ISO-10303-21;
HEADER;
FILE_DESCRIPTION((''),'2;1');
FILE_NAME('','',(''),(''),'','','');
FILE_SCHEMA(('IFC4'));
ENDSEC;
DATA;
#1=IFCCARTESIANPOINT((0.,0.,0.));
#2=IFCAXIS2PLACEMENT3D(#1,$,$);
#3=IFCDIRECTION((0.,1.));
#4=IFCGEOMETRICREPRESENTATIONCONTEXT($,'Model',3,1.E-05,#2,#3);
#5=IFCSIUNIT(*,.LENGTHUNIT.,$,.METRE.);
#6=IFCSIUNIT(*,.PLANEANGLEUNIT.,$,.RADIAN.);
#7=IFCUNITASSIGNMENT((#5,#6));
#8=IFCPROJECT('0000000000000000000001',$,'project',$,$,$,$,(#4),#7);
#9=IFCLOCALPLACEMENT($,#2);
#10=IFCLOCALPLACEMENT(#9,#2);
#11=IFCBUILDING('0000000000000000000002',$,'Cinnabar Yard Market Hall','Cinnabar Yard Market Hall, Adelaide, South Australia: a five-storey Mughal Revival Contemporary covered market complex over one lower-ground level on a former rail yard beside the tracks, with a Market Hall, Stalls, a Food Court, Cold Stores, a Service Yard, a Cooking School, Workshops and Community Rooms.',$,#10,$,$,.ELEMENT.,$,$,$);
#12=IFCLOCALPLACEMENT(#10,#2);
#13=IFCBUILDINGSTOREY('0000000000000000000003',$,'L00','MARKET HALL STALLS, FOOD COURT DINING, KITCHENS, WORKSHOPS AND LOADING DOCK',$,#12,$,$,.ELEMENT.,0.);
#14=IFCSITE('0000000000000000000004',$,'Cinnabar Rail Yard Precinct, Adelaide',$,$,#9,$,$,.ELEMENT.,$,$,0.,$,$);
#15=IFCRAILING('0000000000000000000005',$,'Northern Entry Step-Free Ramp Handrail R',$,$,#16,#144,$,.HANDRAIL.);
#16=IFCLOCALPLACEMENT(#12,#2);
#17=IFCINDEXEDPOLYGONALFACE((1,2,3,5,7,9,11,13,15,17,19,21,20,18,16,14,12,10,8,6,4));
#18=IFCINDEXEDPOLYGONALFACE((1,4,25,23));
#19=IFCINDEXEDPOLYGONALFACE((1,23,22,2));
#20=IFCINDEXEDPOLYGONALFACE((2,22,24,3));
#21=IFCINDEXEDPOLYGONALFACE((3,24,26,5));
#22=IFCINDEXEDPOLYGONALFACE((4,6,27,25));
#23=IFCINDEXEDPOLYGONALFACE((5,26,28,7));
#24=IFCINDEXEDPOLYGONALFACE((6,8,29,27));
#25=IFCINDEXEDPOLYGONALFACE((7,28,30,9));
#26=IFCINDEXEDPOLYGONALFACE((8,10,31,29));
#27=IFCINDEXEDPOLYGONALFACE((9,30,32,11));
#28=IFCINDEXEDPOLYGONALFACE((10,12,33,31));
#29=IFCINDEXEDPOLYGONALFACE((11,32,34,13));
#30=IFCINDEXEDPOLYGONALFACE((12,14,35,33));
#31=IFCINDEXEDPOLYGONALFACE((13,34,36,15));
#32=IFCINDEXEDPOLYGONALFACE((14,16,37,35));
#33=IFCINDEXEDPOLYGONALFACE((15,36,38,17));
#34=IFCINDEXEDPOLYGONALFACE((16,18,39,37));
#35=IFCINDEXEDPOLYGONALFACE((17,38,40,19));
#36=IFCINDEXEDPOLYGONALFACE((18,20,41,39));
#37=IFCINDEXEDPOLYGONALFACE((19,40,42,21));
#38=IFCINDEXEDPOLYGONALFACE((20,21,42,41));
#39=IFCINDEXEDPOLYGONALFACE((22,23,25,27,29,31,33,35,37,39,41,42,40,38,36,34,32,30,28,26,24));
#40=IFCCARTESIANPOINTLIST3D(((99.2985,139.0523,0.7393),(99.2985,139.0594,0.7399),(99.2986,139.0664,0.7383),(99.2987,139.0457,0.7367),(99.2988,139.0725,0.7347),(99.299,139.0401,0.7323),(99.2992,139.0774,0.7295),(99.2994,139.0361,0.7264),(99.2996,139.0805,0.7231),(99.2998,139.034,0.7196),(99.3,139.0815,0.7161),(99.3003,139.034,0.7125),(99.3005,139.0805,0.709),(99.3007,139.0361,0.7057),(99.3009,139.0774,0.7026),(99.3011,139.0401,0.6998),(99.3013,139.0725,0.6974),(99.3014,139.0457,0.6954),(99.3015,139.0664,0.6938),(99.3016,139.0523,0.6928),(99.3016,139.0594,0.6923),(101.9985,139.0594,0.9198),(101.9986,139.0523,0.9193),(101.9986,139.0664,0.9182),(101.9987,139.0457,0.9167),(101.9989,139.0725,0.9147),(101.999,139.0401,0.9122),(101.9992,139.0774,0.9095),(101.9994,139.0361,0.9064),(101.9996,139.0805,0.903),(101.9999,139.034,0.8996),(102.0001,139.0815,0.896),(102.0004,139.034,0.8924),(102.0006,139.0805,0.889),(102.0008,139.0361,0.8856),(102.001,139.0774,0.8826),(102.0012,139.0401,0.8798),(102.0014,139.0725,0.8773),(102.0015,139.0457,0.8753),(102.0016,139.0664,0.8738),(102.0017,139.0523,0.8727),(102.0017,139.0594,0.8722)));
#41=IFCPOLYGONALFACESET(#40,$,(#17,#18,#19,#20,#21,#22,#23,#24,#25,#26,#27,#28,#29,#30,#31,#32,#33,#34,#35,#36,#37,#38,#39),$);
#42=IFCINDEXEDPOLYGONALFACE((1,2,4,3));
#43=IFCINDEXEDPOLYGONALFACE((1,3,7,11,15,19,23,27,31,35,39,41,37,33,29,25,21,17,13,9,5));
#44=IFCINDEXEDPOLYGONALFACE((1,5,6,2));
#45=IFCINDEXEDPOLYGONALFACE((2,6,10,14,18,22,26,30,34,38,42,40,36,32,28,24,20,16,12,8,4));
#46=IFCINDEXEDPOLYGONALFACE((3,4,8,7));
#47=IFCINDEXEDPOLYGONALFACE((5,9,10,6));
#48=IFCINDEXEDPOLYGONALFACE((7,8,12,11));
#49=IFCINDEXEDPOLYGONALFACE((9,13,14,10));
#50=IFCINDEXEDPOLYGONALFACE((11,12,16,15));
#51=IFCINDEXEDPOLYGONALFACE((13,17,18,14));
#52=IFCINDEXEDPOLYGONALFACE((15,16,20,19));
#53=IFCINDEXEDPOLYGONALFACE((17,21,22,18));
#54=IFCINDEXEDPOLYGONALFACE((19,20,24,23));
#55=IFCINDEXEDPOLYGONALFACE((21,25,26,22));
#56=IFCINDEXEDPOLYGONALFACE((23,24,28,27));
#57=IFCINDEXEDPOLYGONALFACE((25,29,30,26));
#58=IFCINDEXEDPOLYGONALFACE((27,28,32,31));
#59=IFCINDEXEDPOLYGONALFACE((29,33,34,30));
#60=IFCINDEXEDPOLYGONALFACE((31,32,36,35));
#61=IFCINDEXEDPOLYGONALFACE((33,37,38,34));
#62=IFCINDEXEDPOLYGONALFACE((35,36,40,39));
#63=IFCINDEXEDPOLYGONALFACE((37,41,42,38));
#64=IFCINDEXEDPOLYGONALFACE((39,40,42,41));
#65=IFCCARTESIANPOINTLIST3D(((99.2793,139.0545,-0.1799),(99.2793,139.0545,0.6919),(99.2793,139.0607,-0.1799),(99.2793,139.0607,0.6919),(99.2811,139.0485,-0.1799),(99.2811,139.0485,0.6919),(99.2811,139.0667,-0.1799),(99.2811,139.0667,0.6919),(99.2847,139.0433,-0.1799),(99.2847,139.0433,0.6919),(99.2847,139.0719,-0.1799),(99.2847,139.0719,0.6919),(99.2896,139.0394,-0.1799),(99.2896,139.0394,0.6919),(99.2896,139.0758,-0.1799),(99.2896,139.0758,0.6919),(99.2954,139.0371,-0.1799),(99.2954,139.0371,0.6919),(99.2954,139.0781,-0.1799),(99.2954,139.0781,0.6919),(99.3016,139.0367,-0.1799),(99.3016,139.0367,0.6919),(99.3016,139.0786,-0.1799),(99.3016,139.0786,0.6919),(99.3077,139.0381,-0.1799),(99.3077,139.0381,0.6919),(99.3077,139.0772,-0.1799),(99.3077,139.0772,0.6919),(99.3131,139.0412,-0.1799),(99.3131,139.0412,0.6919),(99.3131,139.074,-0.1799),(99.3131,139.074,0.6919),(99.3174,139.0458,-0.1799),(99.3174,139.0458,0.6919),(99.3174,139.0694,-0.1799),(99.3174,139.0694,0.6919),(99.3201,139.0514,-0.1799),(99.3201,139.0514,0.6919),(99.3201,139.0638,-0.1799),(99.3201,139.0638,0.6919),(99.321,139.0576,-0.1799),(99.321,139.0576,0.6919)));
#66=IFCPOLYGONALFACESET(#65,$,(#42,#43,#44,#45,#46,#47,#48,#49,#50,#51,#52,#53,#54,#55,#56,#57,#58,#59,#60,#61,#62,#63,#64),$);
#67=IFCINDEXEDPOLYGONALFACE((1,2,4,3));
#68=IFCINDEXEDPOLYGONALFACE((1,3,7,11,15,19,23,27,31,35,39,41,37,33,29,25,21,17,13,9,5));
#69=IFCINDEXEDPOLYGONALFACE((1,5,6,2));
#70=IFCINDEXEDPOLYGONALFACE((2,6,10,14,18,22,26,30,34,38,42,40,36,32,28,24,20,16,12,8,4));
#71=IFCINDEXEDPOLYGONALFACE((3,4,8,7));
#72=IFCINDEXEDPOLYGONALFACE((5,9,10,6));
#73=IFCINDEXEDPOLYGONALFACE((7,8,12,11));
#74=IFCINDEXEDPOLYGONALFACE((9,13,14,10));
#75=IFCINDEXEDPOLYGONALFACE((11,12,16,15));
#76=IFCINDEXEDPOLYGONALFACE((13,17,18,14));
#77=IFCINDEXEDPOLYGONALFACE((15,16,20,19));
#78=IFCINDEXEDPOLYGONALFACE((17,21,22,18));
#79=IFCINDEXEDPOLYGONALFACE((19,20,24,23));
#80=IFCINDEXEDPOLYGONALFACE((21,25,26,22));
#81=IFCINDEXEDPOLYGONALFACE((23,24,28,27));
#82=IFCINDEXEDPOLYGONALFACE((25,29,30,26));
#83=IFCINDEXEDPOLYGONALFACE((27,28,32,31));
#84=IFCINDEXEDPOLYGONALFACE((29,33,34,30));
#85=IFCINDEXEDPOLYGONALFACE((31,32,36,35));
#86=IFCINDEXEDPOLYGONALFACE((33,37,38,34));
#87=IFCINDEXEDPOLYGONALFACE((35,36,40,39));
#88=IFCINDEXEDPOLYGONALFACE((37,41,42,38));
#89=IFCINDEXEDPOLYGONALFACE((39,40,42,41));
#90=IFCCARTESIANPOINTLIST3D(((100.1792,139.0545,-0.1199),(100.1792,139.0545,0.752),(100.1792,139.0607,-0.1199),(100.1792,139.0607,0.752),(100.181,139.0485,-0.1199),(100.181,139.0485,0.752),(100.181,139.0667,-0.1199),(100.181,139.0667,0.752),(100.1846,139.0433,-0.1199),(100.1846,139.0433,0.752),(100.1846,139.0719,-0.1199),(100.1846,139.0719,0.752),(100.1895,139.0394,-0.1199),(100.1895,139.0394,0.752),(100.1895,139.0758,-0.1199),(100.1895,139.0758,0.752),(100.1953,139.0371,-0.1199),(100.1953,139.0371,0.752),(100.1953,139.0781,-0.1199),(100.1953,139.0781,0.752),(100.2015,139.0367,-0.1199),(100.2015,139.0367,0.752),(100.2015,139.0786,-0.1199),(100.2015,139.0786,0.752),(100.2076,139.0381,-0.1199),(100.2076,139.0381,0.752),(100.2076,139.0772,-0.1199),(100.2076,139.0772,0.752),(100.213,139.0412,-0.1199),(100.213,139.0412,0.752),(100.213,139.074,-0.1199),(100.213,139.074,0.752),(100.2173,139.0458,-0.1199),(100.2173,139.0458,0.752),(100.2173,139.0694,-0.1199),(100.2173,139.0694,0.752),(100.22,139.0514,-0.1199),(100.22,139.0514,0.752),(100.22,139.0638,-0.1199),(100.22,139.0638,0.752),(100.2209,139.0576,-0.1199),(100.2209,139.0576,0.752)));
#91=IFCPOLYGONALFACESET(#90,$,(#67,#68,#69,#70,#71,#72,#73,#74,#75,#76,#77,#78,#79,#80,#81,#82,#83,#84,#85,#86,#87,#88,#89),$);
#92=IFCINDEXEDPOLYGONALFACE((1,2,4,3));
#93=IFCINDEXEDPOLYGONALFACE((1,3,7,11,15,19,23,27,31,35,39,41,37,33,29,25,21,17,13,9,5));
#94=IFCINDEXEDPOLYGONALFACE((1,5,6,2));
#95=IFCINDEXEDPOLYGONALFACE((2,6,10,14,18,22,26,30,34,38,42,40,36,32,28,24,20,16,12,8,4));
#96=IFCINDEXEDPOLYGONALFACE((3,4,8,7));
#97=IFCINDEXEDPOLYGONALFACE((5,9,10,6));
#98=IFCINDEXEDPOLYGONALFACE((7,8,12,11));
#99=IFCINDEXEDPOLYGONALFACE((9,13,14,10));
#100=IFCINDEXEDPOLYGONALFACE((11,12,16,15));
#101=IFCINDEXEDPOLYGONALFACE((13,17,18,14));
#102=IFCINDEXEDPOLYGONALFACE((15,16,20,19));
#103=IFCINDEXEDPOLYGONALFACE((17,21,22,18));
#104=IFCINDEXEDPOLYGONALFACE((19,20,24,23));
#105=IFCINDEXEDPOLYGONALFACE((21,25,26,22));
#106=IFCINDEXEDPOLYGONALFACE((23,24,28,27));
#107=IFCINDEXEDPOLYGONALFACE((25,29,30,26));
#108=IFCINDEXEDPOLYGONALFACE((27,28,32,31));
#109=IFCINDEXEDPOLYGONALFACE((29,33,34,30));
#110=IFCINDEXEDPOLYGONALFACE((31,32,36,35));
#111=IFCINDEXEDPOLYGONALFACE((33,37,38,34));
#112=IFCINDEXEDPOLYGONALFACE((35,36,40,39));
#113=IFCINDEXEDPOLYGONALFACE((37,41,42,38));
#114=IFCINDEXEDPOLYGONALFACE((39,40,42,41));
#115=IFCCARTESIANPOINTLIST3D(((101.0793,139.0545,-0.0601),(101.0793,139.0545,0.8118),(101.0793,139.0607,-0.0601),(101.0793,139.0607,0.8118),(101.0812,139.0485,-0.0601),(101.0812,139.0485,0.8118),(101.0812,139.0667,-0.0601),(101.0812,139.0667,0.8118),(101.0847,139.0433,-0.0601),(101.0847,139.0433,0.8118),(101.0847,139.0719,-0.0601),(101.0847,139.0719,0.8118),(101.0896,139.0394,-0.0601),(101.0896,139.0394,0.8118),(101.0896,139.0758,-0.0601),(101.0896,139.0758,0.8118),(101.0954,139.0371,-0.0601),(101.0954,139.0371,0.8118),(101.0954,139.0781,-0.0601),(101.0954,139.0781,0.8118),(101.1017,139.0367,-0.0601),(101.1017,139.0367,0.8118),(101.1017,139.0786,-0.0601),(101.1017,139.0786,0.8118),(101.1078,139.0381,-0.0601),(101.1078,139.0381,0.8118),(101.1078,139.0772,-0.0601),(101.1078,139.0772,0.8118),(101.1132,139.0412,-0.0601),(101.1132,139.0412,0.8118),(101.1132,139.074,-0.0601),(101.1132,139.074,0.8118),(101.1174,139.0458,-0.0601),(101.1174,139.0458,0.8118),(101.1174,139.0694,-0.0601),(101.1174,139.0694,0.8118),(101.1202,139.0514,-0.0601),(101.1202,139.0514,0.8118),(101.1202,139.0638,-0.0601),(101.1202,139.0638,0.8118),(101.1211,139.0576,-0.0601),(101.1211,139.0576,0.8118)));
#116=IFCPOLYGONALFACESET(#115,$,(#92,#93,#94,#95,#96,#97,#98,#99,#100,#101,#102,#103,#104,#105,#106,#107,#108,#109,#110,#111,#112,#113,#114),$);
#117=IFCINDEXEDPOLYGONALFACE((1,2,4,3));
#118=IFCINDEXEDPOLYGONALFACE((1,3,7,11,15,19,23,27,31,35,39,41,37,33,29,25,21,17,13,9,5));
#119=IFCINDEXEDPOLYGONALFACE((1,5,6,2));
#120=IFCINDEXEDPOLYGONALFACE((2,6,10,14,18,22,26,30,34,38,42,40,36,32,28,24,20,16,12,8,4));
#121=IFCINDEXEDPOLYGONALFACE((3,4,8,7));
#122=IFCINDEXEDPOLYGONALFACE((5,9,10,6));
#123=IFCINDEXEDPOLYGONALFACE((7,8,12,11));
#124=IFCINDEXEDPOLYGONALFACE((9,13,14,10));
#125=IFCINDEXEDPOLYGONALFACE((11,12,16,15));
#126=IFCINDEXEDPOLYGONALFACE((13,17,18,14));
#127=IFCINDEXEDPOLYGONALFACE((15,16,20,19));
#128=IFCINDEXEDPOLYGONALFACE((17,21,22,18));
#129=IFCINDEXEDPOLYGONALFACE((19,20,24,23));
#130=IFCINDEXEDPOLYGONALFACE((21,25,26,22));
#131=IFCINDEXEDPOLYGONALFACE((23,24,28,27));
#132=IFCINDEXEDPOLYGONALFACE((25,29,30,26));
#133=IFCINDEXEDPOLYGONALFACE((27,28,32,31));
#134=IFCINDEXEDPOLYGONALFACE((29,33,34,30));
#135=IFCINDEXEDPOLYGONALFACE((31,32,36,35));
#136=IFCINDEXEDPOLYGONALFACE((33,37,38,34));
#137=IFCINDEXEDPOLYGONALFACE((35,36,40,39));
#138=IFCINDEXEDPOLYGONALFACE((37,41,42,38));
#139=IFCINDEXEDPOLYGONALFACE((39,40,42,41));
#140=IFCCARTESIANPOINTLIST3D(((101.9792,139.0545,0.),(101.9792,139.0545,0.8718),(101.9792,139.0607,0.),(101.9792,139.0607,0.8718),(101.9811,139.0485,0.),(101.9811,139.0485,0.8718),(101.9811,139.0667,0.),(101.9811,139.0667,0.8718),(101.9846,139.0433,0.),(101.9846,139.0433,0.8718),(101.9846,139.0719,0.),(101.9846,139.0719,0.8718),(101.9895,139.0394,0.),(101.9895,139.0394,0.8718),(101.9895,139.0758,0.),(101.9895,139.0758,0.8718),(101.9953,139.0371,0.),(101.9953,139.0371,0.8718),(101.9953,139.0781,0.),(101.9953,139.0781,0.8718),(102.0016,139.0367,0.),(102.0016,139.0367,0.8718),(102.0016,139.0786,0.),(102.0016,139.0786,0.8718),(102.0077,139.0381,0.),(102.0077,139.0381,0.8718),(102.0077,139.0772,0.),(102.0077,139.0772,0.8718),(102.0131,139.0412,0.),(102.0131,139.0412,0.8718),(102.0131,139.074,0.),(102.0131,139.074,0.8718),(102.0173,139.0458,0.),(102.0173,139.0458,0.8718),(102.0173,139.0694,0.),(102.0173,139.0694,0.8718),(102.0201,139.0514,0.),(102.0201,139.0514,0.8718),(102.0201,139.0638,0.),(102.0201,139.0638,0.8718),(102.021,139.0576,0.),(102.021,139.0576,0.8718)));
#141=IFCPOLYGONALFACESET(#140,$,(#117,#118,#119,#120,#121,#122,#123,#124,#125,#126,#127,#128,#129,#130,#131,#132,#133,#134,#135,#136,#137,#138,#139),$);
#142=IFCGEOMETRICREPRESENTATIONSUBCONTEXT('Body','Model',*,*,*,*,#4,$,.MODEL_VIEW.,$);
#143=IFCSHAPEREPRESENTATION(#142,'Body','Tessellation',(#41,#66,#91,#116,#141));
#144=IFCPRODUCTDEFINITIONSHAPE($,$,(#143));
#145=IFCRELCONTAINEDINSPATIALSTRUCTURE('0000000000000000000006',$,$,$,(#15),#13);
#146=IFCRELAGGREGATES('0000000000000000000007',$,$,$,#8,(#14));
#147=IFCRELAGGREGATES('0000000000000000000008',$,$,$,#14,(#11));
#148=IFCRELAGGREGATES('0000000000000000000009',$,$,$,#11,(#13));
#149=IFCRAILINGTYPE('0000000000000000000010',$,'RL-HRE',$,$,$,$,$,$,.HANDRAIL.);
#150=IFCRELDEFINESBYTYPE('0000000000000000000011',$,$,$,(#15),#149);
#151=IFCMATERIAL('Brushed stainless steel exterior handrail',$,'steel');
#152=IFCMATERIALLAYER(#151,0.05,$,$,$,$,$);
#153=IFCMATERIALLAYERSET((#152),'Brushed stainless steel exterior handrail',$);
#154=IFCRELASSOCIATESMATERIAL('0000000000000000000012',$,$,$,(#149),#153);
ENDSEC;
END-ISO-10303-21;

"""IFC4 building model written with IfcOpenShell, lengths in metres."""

from ifc_helpers import new_model, si_unit, direction, frame, origin, origin_2d_with_axis, place, context, subcontext, project, spatial, circle, extrude, material, layer, layer_set, type_object, element, save


model = new_model("IFC4")

# Units and contexts
model_context = context("Model", 3, precision=1e-05, world=origin(), true_north=direction((0.0, 1.0)))
body_context = subcontext(model_context, "Body", "Model", "MODEL_VIEW")
ifc_project = project(units=[si_unit("LENGTHUNIT", "METRE"), si_unit("PLANEANGLEUNIT", "RADIAN")], contexts=[model_context])

# Site, building, storey
site_placement = place(None, origin())
site = spatial("IfcSite", under=ifc_project, at=site_placement, Name="Cinnabar Rail Yard Precinct, Adelaide", CompositionType="ELEMENT", RefElevation=0.0)
building_placement = place(site_placement, origin())
building = spatial("IfcBuilding", under=site, at=building_placement, Name="Cinnabar Yard Market Hall", Description="Cinnabar Yard Market Hall, Adelaide, South Australia: a five-storey Mughal Revival Contemporary covered market complex over one lower-ground level on a former rail yard beside the tracks, with a Market Hall, Stalls, a Food Court, Cold Stores, a Service Yard, a Cooking School, Workshops and Community Rooms.", CompositionType="ELEMENT")
storey_placement = place(building_placement, origin())
storey = spatial("IfcBuildingStorey", under=building, at=storey_placement, Name="L00", Description="MARKET HALL STALLS, FOOD COURT DINING, KITCHENS, WORKSHOPS AND LOADING DOCK", CompositionType="ELEMENT", Elevation=0.0)

# Railing
ifc_material_1 = material(Name="Brushed stainless steel exterior handrail", Category="steel")
ifc_layer_1 = layer(ifc_material_1, 0.05)
ifc_layer_set_1 = layer_set([ifc_layer_1], Name="Brushed stainless steel exterior handrail")
railing_type_1 = type_object("IfcRailingType", Name="RL-HRE", PredefinedType="HANDRAIL", material=ifc_layer_set_1)
for number, where, name in (
    (1, (99.3, 139.0576, -0.1799), "Northern Entry Step-Free Ramp Handrail R"),
):
    element("IfcRailing", number, at=place(storey_placement, frame(where)), inside=storey, type_object=railing_type_1, Name=name, PredefinedType="HANDRAIL", context=body_context, shape_type="SweptSolid", body=[
        extrude(circle(Radius=0.0239, at=origin_2d_with_axis()), frame((0.0, 0.0, 0.896), z_axis=(0.997787, 0.0, 0.066495), x_axis=(0.0, 1.0, 0.0)), (0.0, 0.0, 1.0), 2.7061),
        extrude(circle(Radius=0.021, at=origin_2d_with_axis()), origin(), (0.0, 0.0, 1.0), 0.8718),
        extrude(circle(Radius=0.021, at=origin_2d_with_axis()), frame((0.8999, 0.0, 0.0601)), (0.0, 0.0, 1.0), 0.8718),
        extrude(circle(Radius=0.021, at=origin_2d_with_axis()), frame((1.8, 0.0, 0.1199)), (0.0, 0.0, 1.0), 0.8718),
        extrude(circle(Radius=0.021, at=origin_2d_with_axis()), frame((2.7, 0.0, 0.1799)), (0.0, 0.0, 1.0), 0.8718),
    ])

save(model, "model.ifc")
